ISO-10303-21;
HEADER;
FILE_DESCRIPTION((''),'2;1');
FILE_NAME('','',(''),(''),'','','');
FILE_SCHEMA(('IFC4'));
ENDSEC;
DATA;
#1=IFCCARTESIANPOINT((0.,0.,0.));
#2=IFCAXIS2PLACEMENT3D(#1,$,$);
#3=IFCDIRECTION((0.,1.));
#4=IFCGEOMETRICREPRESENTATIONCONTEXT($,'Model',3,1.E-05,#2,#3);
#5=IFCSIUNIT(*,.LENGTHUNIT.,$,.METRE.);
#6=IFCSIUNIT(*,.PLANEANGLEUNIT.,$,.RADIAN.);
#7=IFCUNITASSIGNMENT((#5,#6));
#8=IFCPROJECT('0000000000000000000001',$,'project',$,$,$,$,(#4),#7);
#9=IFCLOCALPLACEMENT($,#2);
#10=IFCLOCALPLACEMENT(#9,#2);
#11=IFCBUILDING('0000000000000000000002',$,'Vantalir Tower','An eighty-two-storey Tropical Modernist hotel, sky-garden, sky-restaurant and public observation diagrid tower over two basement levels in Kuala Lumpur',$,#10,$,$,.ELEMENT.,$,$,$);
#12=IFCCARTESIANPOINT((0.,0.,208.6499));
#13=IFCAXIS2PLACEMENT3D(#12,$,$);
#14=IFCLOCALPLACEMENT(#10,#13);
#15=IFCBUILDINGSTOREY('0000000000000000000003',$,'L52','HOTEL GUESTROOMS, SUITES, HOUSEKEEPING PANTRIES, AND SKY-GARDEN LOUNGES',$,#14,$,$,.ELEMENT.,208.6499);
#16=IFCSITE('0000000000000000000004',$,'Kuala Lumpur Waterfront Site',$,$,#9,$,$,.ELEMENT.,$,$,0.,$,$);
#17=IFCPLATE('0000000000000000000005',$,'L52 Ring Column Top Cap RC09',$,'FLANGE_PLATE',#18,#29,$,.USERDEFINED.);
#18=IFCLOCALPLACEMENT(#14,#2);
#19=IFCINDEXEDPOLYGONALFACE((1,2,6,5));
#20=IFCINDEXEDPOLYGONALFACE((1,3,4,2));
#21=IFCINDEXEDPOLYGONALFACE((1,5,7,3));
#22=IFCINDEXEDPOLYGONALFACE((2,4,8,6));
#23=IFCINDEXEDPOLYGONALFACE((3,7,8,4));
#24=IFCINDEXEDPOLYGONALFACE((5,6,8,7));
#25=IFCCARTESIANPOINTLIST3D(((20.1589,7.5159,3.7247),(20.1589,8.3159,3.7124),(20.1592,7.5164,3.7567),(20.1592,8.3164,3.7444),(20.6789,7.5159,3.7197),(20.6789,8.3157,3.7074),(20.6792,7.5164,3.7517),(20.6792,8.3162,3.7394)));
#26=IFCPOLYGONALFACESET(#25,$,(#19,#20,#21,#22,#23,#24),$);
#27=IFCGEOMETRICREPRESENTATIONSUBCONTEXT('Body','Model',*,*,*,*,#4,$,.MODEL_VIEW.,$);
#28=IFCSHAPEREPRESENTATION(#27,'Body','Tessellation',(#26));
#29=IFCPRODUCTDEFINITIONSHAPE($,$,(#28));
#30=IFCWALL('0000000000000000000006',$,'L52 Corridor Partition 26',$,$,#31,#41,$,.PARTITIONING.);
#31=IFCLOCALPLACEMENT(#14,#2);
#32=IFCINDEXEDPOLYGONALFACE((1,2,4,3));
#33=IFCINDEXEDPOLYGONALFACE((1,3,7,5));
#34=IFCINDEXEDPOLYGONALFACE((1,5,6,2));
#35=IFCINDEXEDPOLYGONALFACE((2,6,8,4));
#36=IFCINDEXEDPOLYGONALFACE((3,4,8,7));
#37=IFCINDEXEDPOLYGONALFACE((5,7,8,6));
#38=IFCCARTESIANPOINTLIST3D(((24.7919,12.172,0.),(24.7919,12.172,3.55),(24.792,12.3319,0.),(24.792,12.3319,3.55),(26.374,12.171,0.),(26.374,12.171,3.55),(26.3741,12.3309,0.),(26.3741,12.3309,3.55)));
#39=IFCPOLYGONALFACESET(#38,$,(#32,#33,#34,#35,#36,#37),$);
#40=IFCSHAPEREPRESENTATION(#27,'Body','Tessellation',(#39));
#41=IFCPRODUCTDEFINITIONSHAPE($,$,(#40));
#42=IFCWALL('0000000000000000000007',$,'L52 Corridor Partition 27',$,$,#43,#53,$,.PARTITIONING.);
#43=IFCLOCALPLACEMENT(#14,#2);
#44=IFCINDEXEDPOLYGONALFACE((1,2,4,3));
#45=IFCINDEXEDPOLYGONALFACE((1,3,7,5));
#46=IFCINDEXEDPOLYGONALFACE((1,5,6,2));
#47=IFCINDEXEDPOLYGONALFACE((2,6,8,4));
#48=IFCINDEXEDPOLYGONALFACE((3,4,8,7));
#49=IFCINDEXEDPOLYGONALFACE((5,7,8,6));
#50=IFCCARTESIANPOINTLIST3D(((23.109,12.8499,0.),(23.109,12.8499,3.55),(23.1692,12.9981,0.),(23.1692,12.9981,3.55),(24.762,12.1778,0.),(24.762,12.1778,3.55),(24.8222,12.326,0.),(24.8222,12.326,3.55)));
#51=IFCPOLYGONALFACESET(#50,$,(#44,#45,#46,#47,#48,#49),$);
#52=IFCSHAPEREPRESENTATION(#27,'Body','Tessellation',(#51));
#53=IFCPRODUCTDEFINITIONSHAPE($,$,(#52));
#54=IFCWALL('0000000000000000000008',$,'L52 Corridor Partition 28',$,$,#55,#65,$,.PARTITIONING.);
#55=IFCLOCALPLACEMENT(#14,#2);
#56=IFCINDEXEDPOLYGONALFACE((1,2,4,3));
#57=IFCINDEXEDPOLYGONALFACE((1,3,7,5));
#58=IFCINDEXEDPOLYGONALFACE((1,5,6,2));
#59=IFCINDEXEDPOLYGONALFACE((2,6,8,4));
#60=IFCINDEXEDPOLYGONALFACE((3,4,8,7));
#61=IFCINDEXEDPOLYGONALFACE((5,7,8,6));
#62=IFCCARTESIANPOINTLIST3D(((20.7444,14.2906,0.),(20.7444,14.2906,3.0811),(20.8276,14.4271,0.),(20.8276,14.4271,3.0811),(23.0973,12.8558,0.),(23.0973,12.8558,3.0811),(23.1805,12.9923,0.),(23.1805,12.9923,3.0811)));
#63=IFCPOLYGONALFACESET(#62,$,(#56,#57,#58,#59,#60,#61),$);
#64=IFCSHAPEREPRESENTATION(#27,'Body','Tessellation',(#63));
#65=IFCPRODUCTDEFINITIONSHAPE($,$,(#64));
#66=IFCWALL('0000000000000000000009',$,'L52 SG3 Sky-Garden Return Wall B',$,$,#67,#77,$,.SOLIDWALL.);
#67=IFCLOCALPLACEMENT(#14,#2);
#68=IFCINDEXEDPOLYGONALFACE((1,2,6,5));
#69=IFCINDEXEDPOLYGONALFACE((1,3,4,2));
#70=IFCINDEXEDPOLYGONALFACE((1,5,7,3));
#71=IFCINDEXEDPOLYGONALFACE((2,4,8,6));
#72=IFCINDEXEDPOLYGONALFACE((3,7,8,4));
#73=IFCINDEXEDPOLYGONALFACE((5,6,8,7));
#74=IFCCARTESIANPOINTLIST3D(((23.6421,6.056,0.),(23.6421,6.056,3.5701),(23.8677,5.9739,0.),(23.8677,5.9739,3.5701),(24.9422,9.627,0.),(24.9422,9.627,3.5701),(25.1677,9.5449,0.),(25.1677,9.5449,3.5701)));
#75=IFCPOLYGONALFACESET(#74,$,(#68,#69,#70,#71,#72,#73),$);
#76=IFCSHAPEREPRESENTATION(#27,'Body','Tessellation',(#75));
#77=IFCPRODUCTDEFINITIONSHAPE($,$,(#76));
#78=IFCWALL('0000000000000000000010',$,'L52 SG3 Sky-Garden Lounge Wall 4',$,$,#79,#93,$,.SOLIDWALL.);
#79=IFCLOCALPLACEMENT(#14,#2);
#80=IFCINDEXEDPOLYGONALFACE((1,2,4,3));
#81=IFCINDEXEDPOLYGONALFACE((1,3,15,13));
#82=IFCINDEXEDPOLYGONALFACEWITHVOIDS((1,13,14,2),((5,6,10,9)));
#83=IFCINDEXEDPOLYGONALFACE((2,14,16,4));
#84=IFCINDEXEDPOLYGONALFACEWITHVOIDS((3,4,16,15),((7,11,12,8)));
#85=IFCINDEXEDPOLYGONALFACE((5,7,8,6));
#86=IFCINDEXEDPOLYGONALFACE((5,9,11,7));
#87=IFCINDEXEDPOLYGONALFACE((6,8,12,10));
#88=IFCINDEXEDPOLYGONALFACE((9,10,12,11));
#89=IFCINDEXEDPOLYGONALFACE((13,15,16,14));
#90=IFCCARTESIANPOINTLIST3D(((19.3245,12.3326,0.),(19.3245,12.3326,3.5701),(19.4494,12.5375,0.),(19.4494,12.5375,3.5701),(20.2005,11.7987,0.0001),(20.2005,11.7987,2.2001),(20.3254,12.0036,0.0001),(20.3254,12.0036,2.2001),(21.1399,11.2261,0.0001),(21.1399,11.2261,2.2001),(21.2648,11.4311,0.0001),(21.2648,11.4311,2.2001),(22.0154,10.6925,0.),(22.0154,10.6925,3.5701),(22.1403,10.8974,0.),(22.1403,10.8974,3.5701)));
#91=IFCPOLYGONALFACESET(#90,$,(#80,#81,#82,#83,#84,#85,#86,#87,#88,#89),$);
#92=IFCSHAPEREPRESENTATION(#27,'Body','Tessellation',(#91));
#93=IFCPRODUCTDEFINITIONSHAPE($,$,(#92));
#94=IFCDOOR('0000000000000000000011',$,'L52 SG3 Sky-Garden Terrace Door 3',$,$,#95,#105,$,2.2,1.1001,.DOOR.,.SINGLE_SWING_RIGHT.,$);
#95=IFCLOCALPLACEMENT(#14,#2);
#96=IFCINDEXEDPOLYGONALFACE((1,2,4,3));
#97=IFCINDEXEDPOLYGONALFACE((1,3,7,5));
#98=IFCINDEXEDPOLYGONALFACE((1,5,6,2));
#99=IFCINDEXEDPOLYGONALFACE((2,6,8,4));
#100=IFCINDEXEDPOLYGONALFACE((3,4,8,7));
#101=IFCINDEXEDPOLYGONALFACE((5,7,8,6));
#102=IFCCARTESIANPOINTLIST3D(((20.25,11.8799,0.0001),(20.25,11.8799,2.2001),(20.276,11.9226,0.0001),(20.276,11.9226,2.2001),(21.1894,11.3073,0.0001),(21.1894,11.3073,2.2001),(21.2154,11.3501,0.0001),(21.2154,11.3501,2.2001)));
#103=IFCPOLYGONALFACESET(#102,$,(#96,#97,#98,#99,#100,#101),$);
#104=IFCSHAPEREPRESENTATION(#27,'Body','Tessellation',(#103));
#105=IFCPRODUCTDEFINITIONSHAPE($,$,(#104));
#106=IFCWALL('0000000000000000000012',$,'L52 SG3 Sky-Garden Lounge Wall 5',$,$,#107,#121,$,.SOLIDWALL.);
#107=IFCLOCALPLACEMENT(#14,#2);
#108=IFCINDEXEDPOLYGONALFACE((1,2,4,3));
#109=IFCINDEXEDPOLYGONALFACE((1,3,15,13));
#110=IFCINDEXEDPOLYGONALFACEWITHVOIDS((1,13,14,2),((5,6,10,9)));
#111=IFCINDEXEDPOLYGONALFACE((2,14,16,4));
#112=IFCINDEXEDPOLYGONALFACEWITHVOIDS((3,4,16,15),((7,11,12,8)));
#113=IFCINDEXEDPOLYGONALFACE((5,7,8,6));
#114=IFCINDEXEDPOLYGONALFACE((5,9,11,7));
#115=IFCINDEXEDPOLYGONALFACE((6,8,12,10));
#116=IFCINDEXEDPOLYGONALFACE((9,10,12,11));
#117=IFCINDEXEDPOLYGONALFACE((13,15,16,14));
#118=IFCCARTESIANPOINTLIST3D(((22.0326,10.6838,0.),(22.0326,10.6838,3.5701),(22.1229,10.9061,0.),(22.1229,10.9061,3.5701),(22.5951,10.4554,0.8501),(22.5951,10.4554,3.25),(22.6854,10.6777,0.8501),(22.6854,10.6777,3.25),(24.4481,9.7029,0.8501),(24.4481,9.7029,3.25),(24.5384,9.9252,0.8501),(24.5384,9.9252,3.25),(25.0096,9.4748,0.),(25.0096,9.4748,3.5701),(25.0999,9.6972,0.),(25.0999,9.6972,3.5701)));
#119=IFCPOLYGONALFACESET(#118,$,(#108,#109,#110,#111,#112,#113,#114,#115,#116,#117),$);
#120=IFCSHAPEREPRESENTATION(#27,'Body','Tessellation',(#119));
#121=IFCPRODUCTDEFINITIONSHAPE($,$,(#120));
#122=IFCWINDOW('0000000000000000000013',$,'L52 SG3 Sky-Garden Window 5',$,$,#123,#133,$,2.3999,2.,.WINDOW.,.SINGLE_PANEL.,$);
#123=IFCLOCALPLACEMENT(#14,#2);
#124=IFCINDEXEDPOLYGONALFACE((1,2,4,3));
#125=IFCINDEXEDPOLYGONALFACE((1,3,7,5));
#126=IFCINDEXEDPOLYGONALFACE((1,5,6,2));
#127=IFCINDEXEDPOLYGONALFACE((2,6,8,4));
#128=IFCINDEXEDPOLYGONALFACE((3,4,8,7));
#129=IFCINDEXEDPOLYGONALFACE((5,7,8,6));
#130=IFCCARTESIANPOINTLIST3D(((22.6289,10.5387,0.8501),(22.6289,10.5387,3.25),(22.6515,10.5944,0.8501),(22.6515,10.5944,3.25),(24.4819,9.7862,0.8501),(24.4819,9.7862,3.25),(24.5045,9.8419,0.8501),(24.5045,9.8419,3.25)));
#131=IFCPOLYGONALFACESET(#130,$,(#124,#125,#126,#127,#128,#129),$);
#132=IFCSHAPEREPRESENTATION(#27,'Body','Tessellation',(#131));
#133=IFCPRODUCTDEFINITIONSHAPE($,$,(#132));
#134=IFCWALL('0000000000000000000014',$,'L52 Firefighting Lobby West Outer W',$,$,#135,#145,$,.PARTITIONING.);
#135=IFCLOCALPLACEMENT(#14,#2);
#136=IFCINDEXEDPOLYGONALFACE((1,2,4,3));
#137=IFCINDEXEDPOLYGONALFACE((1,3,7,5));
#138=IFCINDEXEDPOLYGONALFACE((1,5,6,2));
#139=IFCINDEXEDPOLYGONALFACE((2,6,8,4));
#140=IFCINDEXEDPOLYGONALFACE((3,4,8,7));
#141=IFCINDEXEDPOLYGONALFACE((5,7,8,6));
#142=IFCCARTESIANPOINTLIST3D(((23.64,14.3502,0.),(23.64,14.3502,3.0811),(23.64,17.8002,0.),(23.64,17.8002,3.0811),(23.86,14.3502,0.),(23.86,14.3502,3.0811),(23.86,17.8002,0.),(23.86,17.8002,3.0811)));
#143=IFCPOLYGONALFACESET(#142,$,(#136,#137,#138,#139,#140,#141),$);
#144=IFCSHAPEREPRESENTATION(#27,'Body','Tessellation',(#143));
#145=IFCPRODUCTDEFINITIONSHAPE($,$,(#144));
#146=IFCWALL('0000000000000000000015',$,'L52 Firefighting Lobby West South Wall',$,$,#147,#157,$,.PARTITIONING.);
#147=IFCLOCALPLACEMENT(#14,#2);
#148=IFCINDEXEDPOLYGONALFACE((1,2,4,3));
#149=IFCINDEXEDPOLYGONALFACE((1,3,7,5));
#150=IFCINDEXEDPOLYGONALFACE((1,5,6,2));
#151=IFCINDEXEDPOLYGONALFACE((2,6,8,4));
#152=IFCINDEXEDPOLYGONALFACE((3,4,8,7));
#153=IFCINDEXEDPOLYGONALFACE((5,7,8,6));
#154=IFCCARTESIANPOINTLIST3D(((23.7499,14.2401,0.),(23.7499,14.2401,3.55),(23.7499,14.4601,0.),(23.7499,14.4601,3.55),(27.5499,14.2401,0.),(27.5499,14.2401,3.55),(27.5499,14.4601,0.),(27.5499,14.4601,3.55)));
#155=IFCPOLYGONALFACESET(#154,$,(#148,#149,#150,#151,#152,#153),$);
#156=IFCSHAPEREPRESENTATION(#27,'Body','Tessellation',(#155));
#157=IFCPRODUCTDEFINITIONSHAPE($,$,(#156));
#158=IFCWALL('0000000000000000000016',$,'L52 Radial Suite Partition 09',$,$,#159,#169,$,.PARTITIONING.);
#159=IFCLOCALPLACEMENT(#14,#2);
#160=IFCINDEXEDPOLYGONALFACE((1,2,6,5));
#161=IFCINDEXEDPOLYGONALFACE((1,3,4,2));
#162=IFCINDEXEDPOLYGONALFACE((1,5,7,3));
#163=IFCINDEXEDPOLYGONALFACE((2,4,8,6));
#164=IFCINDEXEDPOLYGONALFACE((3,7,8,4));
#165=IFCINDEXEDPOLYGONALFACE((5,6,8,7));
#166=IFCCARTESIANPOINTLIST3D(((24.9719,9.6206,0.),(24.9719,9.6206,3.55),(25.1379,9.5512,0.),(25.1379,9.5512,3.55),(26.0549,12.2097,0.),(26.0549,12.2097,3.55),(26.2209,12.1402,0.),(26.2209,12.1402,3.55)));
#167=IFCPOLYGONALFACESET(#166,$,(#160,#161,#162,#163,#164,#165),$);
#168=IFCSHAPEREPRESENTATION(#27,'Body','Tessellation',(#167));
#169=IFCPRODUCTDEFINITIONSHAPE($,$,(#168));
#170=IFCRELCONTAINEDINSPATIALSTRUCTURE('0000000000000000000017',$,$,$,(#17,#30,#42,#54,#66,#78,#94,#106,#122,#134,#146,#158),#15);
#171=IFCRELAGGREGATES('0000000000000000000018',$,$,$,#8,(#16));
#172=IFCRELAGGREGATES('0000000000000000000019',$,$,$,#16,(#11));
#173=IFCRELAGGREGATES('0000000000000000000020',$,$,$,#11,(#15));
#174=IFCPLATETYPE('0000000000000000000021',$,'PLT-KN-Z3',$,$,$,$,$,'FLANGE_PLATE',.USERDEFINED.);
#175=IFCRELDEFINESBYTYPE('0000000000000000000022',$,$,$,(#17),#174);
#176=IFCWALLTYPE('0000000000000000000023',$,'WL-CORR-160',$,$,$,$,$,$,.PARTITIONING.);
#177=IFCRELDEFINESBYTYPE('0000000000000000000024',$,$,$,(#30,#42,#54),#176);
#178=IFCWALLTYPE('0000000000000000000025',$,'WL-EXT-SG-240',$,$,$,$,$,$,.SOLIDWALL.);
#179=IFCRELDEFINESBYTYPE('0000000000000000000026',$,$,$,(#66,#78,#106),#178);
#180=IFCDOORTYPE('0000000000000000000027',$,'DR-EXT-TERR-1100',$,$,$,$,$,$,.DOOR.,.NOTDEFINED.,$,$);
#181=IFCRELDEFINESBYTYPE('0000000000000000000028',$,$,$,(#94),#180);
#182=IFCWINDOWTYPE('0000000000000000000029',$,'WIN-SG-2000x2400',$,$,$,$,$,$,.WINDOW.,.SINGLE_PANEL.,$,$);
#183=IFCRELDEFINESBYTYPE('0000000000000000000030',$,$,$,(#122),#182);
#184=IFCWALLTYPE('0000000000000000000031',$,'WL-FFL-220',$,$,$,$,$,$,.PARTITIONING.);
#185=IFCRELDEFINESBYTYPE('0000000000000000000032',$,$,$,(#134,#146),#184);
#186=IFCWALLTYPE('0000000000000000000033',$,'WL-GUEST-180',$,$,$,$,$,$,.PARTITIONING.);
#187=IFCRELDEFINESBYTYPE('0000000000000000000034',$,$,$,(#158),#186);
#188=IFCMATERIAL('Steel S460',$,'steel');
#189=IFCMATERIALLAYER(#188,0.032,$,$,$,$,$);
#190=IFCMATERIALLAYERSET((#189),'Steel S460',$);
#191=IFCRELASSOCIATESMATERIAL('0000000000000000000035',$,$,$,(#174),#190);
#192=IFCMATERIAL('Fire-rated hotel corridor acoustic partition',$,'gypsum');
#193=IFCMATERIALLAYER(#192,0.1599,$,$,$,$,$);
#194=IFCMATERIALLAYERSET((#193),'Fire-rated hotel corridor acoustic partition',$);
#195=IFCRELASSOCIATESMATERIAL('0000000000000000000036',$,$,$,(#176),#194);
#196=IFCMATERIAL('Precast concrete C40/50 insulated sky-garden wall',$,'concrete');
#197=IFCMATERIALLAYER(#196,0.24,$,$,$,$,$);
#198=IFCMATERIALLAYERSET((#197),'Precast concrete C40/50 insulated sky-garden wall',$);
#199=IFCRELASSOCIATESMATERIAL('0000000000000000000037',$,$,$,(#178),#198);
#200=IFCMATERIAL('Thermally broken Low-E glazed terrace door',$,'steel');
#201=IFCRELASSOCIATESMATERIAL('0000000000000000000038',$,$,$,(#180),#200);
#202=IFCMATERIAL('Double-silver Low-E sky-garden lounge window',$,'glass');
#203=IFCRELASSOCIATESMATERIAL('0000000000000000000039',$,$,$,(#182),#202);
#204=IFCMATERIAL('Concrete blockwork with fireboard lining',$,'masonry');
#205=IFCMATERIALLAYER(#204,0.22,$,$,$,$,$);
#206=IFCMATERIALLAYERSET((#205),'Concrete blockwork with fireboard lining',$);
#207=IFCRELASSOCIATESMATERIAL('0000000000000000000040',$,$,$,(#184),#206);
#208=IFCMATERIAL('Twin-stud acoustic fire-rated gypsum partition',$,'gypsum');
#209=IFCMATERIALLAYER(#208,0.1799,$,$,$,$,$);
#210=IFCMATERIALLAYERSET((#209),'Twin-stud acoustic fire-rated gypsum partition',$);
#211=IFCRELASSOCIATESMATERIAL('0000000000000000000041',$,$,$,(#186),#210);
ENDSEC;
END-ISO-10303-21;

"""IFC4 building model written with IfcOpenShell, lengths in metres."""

from ifc_helpers import new_model, si_unit, direction, frame, frame_2d, origin, place, context, subcontext, project, spatial, polyline, rectangle, outline, extrude, material, layer, layer_set, type_object, element, fill, save


model = new_model("IFC4")

# Units and contexts
model_context = context("Model", 3, precision=1e-05, world=origin(), true_north=direction((0.0, 1.0)))
body_context = subcontext(model_context, "Body", "Model", "MODEL_VIEW")
ifc_project = project(units=[si_unit("LENGTHUNIT", "METRE"), si_unit("PLANEANGLEUNIT", "RADIAN")], contexts=[model_context])

# Site, building, storey
site_placement = place(None, origin())
site = spatial("IfcSite", under=ifc_project, at=site_placement, Name="Kuala Lumpur Waterfront Site", CompositionType="ELEMENT", RefElevation=0.0)
building_placement = place(site_placement, origin())
building = spatial("IfcBuilding", under=site, at=building_placement, Name="Vantalir Tower", Description="An eighty-two-storey Tropical Modernist hotel, sky-garden, sky-restaurant and public observation diagrid tower over two basement levels in Kuala Lumpur", CompositionType="ELEMENT")
storey_placement = place(building_placement, frame((0.0, 0.0, 208.6499)))
storey = spatial("IfcBuildingStorey", under=building, at=storey_placement, Name="L52", Description="HOTEL GUESTROOMS, SUITES, HOUSEKEEPING PANTRIES, AND SKY-GARDEN LOUNGES", CompositionType="ELEMENT", Elevation=208.6499)

# Shared definitions
ifc_material_1 = material(Name="Steel S460", Category="steel")

# Plate
ifc_layer_1 = layer(ifc_material_1, 0.032)
ifc_layer_set_1 = layer_set([ifc_layer_1], Name="Steel S460")
plate_type_1 = type_object("IfcPlateType", Name="PLT-KN-Z3", ElementType="FLANGE_PLATE", PredefinedType="USERDEFINED", material=ifc_layer_set_1)
plate_1_placement = place(storey_placement, frame((20.1592, 8.3164, 3.7444), z_axis=(0.009626, 0.01541, 0.999835), x_axis=(-0.000001, -0.999881, 0.015411)))
element("IfcPlate", 1, at=plate_1_placement, inside=storey, type_object=plate_type_1, Name="L52 Ring Column Top Cap RC09", ObjectType="FLANGE_PLATE", PredefinedType="USERDEFINED", context=body_context, shape_type="SweptSolid", body=[
    extrude(outline(polyline([(0.0, 0.0), (0.8001, 0.0), (0.8001, 0.52), (0.0002, 0.52), (0.0, 0.0)])), origin(), (0.0, 0.0, -1.0), 0.032),
])

# Walls
ifc_material_2 = material(Name="Fire-rated hotel corridor acoustic partition", Category="gypsum")
ifc_layer_2 = layer(ifc_material_2, 0.1599)
ifc_layer_set_2 = layer_set([ifc_layer_2], Name="Fire-rated hotel corridor acoustic partition")
wall_type_1 = type_object("IfcWallType", Name="WL-CORR-160", PredefinedType="PARTITIONING", material=ifc_layer_set_2)
wall_1_placement = place(storey_placement, frame((26.374, 12.251, 0.0), z_axis=(0.0, 0.0, 1.0), x_axis=(-1.0, 0.000617, 0.0)))
element("IfcWall", 2, at=wall_1_placement, inside=storey, type_object=wall_type_1, Name="L52 Corridor Partition 26", PredefinedType="PARTITIONING", context=body_context, shape_type="SweptSolid", body=[
    extrude(rectangle(XDim=1.582, YDim=0.1599, at=frame_2d((0.791, 0.0))), origin(), (0.0, 0.0, 1.0), 3.55),
])
wall_2_placement = place(storey_placement, frame((24.792, 12.252, 0.0), z_axis=(0.0, 0.0, 1.0), x_axis=(-0.926358, 0.376645, 0.0)))
element("IfcWall", 3, at=wall_2_placement, inside=storey, type_object=wall_type_1, Name="L52 Corridor Partition 27", PredefinedType="PARTITIONING", context=body_context, shape_type="SweptSolid", body=[
    extrude(rectangle(XDim=1.7844, YDim=0.1599, at=frame_2d((0.8921, 0.0))), origin(), (0.0, 0.0, 1.0), 3.55),
])
wall_3_placement = place(storey_placement, frame((23.1389, 12.9241, 0.0), z_axis=(0.0, 0.0, 1.0), x_axis=(-0.853789, 0.520618, 0.0)))
element("IfcWall", 4, at=wall_3_placement, inside=storey, type_object=wall_type_1, Name="L52 Corridor Partition 28", PredefinedType="PARTITIONING", context=body_context, shape_type="SweptSolid", body=[
    extrude(rectangle(XDim=2.7559, YDim=0.1599, at=frame_2d((1.3779, 0.0))), origin(), (0.0, 0.0, 1.0), 3.0811),
])
ifc_material_3 = material(Name="Precast concrete C40/50 insulated sky-garden wall", Category="concrete")
ifc_layer_3 = layer(ifc_material_3, 0.24)
ifc_layer_set_3 = layer_set([ifc_layer_3], Name="Precast concrete C40/50 insulated sky-garden wall")
wall_type_2 = type_object("IfcWallType", Name="WL-EXT-SG-240", PredefinedType="SOLIDWALL", material=ifc_layer_set_3)
wall_4_placement = place(storey_placement, frame((25.0549, 9.5859, 0.0), z_axis=(0.0, 0.0, 1.0), x_axis=(-0.342089, -0.939668, 0.0)))
element("IfcWall", 5, at=wall_4_placement, inside=storey, type_object=wall_type_2, Name="L52 SG3 Sky-Garden Return Wall B", PredefinedType="SOLIDWALL", context=body_context, shape_type="SweptSolid", body=[
    extrude(rectangle(XDim=3.8003, YDim=0.24, at=frame_2d((1.9001, 0.0))), origin(), (0.0, 0.0, 1.0), 3.5701),
])

# Wall, opening, door
wall_5_placement = place(storey_placement, frame((19.387, 12.4351, 0.0), z_axis=(0.0, 0.0, 1.0), x_axis=(0.85389, -0.520453, 0.0)))
wall_5 = element("IfcWall", 6, at=wall_5_placement, inside=storey, type_object=wall_type_2, Name="L52 SG3 Sky-Garden Lounge Wall 4", PredefinedType="SOLIDWALL", context=body_context, shape_type="SweptSolid", body=[
    extrude(rectangle(XDim=3.1514, YDim=0.24, at=frame_2d((1.5757, 0.0))), origin(), (0.0, 0.0, 1.0), 3.5701),
])
opening_1_placement = place(wall_5_placement, frame((1.0259, 0.0, 0.0)))
opening_1 = element("IfcOpeningElement", 7, at=opening_1_placement, cuts=wall_5, PredefinedType="OPENING", context=body_context, shape_type="SweptSolid", body=[
    extrude(rectangle(XDim=1.1001, YDim=2.2, at=frame_2d((0.55, 1.1001))), frame((0.0, 0.1299, 0.0), z_axis=(0.0, -1.0, 0.0), x_axis=(1.0, 0.0, 0.0)), (0.0, 0.0, 1.0), 0.26),
])
ifc_material_4 = material(Name="Thermally broken Low-E glazed terrace door", Category="steel")
door_type = type_object("IfcDoorType", Name="DR-EXT-TERR-1100", OperationType="NOTDEFINED", PredefinedType="DOOR", material=ifc_material_4)
door_placement = place(opening_1_placement, frame((1.1001, 0.0, 0.0), z_axis=(0.0, 0.0, 1.0), x_axis=(-1.0, 0.0, 0.0)))
door = element("IfcDoor", 8, at=door_placement, inside=storey, type_object=door_type, Name="L52 SG3 Sky-Garden Terrace Door 3", OperationType="SINGLE_SWING_RIGHT", OverallHeight=2.2, OverallWidth=1.1001, PredefinedType="DOOR", context=body_context, shape_type="SweptSolid", body=[
    extrude(rectangle(XDim=1.1001, YDim=2.2, at=frame_2d((0.55, 1.1001))), frame((0.0, 0.0249, 0.0), z_axis=(0.0, -1.0, 0.0), x_axis=(1.0, 0.0, 0.0)), (0.0, 0.0, 1.0), 0.05),
])
fill(opening_1, door)

# Wall, opening, window
wall_6_placement = place(storey_placement, frame((22.0779, 10.7949, 0.0), z_axis=(0.0, 0.0, 1.0), x_axis=(0.926515, -0.376259, 0.0)))
wall_6 = element("IfcWall", 9, at=wall_6_placement, inside=storey, type_object=wall_type_2, Name="L52 SG3 Sky-Garden Lounge Wall 5", PredefinedType="SOLIDWALL", context=body_context, shape_type="SweptSolid", body=[
    extrude(rectangle(XDim=3.2131, YDim=0.24, at=frame_2d((1.6064, 0.0))), origin(), (0.0, 0.0, 1.0), 3.5701),
])
opening_2_placement = place(wall_6_placement, frame((0.6069, 0.0, 0.8501)))
opening_2 = element("IfcOpeningElement", 10, at=opening_2_placement, cuts=wall_6, PredefinedType="OPENING", context=body_context, shape_type="SweptSolid", body=[
    extrude(rectangle(XDim=2.0, YDim=2.3999, at=frame_2d((1.0, 1.2))), frame((0.0, 0.1299, 0.0), z_axis=(0.0, -1.0, 0.0), x_axis=(1.0, 0.0, 0.0)), (0.0, 0.0, 1.0), 0.26),
])
ifc_material_5 = material(Name="Double-silver Low-E sky-garden lounge window", Category="glass")
window_type = type_object("IfcWindowType", Name="WIN-SG-2000x2400", PartitioningType="SINGLE_PANEL", PredefinedType="WINDOW", material=ifc_material_5)
window_placement = place(opening_2_placement, origin())
window = element("IfcWindow", 11, at=window_placement, inside=storey, type_object=window_type, Name="L52 SG3 Sky-Garden Window 5", OverallHeight=2.3999, OverallWidth=2.0, PartitioningType="SINGLE_PANEL", PredefinedType="WINDOW", context=body_context, shape_type="SweptSolid", body=[
    extrude(rectangle(XDim=2.0, YDim=2.3999, at=frame_2d((1.0, 1.2))), frame((0.0, 0.03, 0.0), z_axis=(0.0, -1.0, 0.0), x_axis=(1.0, 0.0, 0.0)), (0.0, 0.0, 1.0), 0.0601),
])
fill(opening_2, window)

# Walls
ifc_material_6 = material(Name="Concrete blockwork with fireboard lining", Category="masonry")
ifc_layer_4 = layer(ifc_material_6, 0.22)
ifc_layer_set_4 = layer_set([ifc_layer_4], Name="Concrete blockwork with fireboard lining")
wall_type_3 = type_object("IfcWallType", Name="WL-FFL-220", PredefinedType="PARTITIONING", material=ifc_layer_set_4)
wall_7_placement = place(storey_placement, frame((23.75, 14.3501, 0.0), z_axis=(0.0, 0.0, 1.0), x_axis=(0.0, 1.0, 0.0)))
element("IfcWall", 12, at=wall_7_placement, inside=storey, type_object=wall_type_3, Name="L52 Firefighting Lobby West Outer W", PredefinedType="PARTITIONING", context=body_context, shape_type="SweptSolid", body=[
    extrude(rectangle(XDim=3.45, YDim=0.22, at=frame_2d((1.7251, 0.0))), origin(), (0.0, 0.0, 1.0), 3.0811),
])
wall_8_placement = place(storey_placement, frame((23.75, 14.3501, 0.0), z_axis=(0.0, 0.0, 1.0), x_axis=(1.0, 0.0, 0.0)))
element("IfcWall", 13, at=wall_8_placement, inside=storey, type_object=wall_type_3, Name="L52 Firefighting Lobby West South Wall", PredefinedType="PARTITIONING", context=body_context, shape_type="SweptSolid", body=[
    extrude(rectangle(XDim=3.8, YDim=0.22, at=frame_2d((1.8999, 0.0))), origin(), (0.0, 0.0, 1.0), 3.55),
])
ifc_material_7 = material(Name="Twin-stud acoustic fire-rated gypsum partition", Category="gypsum")
ifc_layer_5 = layer(ifc_material_7, 0.1799)
ifc_layer_set_5 = layer_set([ifc_layer_5], Name="Twin-stud acoustic fire-rated gypsum partition")
wall_type_4 = type_object("IfcWallType", Name="WL-GUEST-180", PredefinedType="PARTITIONING", material=ifc_layer_set_5)
wall_9_placement = place(storey_placement, frame((26.1379, 12.175, 0.0), z_axis=(0.0, 0.0, 1.0), x_axis=(-0.385894, -0.922543, 0.0)))
element("IfcWall", 14, at=wall_9_placement, inside=storey, type_object=wall_type_4, Name="L52 Radial Suite Partition 09", PredefinedType="PARTITIONING", context=body_context, shape_type="SweptSolid", body=[
    extrude(rectangle(XDim=2.8064, YDim=0.1799, at=frame_2d((1.4033, 0.0))), origin(), (0.0, 0.0, 1.0), 3.55),
])

save(model, "model.ifc")
